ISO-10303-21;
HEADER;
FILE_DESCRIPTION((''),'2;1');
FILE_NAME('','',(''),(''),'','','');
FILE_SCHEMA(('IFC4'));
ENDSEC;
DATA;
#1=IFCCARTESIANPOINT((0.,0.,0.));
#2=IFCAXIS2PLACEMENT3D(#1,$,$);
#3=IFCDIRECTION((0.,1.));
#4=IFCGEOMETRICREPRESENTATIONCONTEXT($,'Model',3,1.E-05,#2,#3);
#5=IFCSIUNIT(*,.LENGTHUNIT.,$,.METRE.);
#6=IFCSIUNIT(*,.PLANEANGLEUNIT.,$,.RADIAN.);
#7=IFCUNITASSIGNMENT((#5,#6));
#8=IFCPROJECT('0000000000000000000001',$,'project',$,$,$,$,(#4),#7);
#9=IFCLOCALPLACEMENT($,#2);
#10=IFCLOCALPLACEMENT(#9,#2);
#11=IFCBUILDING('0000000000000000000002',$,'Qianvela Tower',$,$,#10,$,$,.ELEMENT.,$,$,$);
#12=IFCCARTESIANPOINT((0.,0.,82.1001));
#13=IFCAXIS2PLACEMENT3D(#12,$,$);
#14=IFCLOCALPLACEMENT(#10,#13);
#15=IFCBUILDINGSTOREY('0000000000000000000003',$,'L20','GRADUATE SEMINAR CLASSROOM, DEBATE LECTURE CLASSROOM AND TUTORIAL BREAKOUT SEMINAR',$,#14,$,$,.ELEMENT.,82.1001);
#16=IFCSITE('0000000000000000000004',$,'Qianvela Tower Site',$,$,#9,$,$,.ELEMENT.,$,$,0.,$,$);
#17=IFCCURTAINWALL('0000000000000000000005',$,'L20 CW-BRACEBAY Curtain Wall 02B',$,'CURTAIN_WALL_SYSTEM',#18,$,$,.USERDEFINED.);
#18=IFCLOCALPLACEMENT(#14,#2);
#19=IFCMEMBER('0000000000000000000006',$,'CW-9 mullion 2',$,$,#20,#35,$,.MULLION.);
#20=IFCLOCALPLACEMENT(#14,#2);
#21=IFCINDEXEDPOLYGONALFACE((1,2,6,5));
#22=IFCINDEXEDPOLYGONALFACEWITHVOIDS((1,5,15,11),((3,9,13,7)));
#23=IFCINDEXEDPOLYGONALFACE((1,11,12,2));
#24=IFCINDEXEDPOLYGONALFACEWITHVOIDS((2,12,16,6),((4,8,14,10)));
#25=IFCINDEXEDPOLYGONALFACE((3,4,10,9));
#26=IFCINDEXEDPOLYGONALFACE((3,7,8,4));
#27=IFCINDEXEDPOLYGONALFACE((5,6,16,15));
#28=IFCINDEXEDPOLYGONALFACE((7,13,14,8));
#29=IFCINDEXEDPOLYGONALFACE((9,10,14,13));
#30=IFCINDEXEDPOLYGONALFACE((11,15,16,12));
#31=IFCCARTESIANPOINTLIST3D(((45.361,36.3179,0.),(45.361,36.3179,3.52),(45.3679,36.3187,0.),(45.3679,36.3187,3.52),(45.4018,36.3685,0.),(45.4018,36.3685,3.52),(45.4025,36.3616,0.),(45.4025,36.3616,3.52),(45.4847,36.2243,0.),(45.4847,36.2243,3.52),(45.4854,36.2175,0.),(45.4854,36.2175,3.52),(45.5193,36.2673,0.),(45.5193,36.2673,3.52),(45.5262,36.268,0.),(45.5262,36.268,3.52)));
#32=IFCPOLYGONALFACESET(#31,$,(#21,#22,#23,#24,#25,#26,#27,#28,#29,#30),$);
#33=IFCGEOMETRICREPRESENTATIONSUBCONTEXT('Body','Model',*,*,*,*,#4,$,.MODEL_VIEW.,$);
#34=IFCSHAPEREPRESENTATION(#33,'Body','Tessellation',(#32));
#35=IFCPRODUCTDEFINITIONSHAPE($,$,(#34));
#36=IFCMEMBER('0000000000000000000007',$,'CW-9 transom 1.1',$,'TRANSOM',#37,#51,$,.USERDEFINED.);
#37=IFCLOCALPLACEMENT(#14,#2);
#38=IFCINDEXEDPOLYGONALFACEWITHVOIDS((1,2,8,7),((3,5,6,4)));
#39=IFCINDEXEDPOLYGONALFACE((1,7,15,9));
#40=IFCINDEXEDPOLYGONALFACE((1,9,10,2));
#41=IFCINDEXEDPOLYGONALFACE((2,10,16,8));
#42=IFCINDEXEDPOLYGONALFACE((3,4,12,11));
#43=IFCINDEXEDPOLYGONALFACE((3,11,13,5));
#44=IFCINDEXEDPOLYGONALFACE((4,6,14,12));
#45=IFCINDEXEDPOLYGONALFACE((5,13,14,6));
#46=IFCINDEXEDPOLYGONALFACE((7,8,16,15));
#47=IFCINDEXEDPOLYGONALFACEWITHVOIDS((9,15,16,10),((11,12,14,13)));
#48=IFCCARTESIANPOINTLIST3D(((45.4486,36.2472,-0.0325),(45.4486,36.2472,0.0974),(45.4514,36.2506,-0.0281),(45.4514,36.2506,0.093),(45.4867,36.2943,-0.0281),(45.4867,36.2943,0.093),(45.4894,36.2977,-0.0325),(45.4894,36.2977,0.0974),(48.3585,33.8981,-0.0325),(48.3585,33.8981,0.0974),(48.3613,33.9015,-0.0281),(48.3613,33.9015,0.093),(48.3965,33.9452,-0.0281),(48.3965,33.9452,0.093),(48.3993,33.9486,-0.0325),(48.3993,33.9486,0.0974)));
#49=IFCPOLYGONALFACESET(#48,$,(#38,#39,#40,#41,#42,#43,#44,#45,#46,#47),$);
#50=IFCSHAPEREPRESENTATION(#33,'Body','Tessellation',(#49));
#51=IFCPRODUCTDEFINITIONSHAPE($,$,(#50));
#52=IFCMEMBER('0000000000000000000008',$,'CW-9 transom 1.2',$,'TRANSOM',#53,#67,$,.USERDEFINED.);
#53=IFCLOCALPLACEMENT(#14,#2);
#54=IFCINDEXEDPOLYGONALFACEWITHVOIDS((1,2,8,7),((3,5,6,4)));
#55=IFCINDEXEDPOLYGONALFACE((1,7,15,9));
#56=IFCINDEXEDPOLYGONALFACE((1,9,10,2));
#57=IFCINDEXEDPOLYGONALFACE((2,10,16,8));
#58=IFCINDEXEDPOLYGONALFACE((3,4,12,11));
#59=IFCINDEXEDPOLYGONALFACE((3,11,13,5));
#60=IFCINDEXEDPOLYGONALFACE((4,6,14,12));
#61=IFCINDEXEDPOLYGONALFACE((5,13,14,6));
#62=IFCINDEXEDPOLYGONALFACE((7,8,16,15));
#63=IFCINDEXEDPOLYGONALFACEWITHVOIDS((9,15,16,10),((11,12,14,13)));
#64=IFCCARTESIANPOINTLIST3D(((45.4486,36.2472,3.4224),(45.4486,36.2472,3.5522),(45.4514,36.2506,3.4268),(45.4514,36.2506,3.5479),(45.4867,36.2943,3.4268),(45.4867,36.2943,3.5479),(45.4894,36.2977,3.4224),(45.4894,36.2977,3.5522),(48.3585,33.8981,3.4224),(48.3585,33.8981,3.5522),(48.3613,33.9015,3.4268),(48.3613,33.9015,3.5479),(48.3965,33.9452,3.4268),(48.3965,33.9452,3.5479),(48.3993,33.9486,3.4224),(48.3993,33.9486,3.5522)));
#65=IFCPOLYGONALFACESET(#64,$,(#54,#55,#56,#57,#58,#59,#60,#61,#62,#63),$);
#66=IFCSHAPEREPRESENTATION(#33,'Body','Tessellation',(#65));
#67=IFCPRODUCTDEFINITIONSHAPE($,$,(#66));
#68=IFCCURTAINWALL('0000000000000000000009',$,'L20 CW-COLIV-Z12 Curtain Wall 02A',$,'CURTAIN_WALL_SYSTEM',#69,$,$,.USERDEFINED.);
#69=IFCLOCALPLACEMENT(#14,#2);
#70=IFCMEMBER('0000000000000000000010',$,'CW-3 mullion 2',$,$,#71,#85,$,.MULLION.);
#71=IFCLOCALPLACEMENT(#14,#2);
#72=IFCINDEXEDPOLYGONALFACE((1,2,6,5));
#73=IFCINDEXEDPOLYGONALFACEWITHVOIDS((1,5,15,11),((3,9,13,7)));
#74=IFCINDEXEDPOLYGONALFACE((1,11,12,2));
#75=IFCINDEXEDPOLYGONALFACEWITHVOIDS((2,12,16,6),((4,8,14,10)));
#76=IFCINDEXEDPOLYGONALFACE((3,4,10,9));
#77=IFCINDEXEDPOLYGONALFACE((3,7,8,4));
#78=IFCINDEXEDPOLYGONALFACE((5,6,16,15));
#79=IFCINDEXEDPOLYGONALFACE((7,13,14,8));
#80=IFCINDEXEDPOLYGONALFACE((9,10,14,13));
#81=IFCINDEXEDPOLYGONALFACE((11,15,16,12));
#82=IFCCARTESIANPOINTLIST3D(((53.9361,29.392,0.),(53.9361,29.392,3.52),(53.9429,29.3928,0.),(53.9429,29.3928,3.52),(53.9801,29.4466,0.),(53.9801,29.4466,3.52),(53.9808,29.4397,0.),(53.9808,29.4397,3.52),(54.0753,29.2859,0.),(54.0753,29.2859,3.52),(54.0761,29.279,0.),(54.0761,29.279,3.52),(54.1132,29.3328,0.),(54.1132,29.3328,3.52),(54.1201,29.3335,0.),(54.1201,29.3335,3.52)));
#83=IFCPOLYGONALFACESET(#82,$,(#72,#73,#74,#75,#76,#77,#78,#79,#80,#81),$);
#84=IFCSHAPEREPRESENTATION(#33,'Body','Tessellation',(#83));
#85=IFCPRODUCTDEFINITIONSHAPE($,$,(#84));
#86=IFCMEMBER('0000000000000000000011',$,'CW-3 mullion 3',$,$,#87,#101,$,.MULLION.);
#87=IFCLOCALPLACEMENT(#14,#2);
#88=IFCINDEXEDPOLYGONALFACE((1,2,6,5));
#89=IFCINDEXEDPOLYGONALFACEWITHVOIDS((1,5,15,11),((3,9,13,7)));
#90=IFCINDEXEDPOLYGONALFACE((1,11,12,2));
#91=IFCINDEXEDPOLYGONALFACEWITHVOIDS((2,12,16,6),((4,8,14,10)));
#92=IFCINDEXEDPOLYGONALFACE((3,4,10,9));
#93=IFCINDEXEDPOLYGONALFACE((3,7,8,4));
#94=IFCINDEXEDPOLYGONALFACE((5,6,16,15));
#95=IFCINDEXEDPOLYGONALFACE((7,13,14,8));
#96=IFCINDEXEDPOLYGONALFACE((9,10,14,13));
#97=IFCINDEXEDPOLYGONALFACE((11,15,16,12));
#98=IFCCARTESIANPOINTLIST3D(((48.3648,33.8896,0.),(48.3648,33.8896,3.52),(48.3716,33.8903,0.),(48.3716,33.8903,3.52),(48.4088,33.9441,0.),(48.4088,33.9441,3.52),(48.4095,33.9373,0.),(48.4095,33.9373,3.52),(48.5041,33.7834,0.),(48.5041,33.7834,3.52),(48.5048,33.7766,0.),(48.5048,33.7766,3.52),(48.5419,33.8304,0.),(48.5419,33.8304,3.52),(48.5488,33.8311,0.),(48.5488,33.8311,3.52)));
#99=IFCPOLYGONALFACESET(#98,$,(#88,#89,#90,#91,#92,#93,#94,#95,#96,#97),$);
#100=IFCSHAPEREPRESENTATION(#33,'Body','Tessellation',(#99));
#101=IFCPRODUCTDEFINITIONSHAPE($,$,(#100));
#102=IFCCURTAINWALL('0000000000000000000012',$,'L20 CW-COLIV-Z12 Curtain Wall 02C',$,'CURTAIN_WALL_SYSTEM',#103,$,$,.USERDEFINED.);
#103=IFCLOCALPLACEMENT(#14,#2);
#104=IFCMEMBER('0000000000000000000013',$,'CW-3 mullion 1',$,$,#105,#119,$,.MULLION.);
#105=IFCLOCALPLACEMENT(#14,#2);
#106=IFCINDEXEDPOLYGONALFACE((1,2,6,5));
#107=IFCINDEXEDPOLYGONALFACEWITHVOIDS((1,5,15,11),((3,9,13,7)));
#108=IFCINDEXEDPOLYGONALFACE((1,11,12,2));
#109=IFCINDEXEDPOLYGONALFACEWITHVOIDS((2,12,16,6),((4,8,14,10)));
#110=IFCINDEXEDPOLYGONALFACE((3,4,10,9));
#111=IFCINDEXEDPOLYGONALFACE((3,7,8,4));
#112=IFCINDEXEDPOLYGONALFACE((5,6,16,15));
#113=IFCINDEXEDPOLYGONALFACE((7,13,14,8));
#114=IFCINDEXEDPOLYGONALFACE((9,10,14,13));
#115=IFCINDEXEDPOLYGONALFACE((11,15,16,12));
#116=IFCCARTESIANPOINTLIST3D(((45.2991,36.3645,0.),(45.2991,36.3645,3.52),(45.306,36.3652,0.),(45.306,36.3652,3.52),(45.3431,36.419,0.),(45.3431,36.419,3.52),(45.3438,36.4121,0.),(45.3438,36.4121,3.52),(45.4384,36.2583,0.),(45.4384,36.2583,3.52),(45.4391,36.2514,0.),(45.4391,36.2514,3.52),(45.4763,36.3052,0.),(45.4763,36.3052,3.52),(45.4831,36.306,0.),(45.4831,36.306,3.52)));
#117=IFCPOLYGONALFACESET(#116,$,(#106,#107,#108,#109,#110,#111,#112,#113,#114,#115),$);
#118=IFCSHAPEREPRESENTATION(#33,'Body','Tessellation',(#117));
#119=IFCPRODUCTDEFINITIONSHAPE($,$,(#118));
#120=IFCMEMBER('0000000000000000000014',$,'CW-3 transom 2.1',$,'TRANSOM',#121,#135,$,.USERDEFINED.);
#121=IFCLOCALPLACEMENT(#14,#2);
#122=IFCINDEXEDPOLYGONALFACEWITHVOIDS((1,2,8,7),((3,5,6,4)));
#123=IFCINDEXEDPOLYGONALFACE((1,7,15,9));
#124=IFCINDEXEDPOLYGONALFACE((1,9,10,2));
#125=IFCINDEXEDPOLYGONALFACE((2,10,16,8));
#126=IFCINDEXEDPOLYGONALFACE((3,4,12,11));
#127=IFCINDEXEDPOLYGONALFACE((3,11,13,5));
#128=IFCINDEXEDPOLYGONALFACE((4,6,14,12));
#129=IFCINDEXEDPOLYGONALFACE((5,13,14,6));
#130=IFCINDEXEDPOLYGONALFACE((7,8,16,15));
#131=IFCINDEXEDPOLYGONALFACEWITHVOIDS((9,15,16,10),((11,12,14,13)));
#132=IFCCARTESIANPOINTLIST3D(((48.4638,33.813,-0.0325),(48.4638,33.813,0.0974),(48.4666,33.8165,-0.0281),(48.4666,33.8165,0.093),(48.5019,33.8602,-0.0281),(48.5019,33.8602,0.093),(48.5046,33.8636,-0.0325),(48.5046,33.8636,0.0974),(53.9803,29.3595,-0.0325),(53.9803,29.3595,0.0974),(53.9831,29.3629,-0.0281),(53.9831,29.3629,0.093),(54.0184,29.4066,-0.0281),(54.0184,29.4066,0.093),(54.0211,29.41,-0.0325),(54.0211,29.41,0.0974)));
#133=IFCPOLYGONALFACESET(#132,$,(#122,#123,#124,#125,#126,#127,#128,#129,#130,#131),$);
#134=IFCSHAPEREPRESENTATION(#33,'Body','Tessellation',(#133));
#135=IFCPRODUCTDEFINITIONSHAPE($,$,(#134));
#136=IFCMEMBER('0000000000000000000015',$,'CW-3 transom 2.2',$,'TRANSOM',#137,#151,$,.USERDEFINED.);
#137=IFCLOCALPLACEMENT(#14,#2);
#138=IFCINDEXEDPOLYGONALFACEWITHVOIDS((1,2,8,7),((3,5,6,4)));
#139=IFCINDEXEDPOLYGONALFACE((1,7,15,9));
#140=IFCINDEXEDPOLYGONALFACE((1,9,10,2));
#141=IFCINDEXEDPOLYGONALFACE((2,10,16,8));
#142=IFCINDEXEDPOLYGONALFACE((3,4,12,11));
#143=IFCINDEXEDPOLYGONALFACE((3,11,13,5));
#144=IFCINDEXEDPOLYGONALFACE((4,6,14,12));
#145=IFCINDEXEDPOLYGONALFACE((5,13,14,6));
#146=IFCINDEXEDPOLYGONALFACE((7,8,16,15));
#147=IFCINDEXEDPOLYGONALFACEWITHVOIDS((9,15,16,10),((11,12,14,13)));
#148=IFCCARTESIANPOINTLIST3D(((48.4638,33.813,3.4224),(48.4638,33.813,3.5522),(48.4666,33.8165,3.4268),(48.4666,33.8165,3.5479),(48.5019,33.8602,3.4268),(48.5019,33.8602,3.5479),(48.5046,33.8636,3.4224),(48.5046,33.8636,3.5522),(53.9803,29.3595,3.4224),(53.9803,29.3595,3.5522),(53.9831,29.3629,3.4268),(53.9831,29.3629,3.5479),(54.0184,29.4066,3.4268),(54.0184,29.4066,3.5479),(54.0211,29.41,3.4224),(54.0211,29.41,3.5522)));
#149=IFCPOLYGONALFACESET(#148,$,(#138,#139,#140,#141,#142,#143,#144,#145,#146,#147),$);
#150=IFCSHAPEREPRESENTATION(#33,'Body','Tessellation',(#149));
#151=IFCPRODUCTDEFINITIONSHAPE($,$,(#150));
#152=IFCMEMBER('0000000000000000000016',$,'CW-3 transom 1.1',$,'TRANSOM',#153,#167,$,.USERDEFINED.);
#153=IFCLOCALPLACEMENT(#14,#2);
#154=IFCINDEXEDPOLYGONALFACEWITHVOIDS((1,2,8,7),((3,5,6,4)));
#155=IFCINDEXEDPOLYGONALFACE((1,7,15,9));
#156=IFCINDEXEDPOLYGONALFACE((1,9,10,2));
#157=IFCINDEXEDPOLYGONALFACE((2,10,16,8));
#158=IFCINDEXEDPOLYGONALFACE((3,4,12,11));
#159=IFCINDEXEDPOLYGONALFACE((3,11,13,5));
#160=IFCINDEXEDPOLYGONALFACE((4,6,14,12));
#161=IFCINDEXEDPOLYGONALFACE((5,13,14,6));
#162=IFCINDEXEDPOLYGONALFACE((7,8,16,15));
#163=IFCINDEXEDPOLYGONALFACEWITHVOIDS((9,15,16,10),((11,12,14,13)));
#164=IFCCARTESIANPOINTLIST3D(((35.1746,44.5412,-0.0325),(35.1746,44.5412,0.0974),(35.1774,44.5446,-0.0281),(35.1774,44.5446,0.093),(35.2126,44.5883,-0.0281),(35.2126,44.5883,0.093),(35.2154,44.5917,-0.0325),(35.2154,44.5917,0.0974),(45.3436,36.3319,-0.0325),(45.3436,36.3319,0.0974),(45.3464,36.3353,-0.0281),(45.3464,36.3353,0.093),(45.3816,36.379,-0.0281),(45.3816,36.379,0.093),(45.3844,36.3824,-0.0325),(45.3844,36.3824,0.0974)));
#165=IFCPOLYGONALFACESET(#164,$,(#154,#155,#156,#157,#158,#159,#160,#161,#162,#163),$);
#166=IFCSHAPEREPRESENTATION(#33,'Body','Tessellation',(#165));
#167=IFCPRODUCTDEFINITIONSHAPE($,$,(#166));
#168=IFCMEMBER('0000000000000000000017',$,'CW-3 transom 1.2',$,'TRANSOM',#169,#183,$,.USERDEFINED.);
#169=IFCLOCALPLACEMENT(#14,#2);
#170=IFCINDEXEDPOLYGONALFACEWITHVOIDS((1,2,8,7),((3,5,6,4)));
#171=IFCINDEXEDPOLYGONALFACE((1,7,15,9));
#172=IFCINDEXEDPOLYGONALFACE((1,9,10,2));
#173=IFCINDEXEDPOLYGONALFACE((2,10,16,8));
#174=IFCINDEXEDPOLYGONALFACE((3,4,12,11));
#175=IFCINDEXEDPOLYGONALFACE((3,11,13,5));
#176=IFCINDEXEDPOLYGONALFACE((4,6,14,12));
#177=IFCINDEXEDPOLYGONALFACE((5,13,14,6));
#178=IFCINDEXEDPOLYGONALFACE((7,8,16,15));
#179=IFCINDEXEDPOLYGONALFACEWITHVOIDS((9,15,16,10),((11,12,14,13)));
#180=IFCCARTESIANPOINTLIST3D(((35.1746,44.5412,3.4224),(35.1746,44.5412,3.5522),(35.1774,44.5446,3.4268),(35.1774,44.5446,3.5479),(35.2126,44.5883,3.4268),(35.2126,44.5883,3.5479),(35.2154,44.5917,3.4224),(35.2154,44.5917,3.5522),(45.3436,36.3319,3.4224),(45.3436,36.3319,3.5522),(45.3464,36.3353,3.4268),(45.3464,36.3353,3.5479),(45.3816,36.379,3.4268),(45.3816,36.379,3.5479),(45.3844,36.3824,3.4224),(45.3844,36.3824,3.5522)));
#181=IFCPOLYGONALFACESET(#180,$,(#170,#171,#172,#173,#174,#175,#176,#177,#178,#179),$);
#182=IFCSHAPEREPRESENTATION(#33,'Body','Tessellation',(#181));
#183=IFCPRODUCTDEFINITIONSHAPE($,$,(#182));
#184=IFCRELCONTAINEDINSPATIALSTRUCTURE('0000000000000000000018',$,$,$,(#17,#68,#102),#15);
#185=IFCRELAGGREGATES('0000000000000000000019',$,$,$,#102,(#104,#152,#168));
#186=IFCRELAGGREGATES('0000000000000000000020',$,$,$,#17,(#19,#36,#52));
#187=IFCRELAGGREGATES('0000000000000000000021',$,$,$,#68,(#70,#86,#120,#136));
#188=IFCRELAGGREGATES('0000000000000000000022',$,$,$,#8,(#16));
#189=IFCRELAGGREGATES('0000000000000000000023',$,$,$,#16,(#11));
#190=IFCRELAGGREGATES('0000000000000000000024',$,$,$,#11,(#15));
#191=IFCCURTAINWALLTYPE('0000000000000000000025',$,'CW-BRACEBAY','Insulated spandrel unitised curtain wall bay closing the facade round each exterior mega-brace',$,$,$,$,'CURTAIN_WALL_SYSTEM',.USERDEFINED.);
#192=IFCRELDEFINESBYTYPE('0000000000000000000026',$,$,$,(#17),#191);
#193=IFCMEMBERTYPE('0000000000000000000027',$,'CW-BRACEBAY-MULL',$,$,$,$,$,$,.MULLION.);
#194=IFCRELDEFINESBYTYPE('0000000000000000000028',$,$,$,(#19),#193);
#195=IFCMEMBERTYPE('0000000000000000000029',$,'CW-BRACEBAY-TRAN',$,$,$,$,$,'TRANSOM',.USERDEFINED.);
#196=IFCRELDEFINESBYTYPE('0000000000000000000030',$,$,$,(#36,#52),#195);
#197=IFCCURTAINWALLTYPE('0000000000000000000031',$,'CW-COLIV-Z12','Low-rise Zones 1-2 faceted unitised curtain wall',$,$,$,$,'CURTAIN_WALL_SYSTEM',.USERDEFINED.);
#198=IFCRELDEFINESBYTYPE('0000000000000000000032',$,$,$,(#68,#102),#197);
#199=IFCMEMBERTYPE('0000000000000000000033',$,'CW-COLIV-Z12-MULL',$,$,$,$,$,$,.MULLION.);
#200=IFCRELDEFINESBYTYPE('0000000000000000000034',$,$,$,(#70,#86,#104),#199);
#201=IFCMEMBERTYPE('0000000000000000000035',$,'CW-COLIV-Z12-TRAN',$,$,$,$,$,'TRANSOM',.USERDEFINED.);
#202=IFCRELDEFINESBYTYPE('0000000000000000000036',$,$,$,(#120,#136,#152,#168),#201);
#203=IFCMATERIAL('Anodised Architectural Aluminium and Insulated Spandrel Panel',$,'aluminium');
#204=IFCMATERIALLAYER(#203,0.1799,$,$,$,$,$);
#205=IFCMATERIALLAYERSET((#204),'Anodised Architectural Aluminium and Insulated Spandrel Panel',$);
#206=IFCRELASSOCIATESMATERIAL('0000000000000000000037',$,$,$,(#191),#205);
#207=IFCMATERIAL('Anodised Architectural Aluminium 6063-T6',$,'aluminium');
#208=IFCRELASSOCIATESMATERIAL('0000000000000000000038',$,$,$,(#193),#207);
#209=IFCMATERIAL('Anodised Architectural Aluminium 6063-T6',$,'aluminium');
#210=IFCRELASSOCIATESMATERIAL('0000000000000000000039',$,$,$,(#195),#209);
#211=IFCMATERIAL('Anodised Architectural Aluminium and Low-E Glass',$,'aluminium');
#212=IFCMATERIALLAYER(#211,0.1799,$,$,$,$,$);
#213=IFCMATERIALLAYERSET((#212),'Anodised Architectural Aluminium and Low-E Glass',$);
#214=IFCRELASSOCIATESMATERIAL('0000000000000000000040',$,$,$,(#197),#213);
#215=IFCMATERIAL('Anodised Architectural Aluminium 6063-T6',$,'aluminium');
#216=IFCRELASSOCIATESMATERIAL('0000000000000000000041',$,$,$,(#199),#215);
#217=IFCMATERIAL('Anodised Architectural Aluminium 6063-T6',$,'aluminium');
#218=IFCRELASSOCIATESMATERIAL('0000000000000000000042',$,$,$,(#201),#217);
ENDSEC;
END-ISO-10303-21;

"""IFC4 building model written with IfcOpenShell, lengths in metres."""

from ifc_helpers import new_model, si_unit, direction, frame, origin, origin_2d, place, context, subcontext, project, spatial, hollow_rectangle, extrude, material, layer, layer_set, material_profile, profile_set, type_object, element, aggregate, save


model = new_model("IFC4")

# Units and contexts
model_context = context("Model", 3, precision=1e-05, world=origin(), true_north=direction((0.0, 1.0)))
body_context = subcontext(model_context, "Body", "Model", "MODEL_VIEW")
ifc_project = project(units=[si_unit("LENGTHUNIT", "METRE"), si_unit("PLANEANGLEUNIT", "RADIAN")], contexts=[model_context])

# Site, building, storey
site_placement = place(None, origin())
site = spatial("IfcSite", under=ifc_project, at=site_placement, Name="Qianvela Tower Site", CompositionType="ELEMENT", RefElevation=0.0)
building_placement = place(site_placement, origin())
building = spatial("IfcBuilding", under=site, at=building_placement, Name="Qianvela Tower", CompositionType="ELEMENT")
storey_placement = place(building_placement, frame((0.0, 0.0, 82.1001)))
storey = spatial("IfcBuildingStorey", under=building, at=storey_placement, Name="L20", Description="GRADUATE SEMINAR CLASSROOM, DEBATE LECTURE CLASSROOM AND TUTORIAL BREAKOUT SEMINAR", CompositionType="ELEMENT", Elevation=82.1001)

# Curtain walls, members
ifc_material_1 = material(Name="Anodised Architectural Aluminium and Insulated Spandrel Panel", Category="aluminium")
ifc_layer_1 = layer(ifc_material_1, 0.1799)
ifc_layer_set_1 = layer_set([ifc_layer_1], Name="Anodised Architectural Aluminium and Insulated Spandrel Panel")
curtain_wall_type_1 = type_object("IfcCurtainWallType", Name="CW-BRACEBAY", Description="Insulated spandrel unitised curtain wall bay closing the facade round each exterior mega-brace", ElementType="CURTAIN_WALL_SYSTEM", PredefinedType="USERDEFINED", material=ifc_layer_set_1)
curtain_wall_1_placement = place(storey_placement, origin())
curtain_wall_1 = element("IfcCurtainWall", 1, at=curtain_wall_1_placement, inside=storey, type_object=curtain_wall_type_1, Name="L20 CW-BRACEBAY Curtain Wall 02B", ObjectType="CURTAIN_WALL_SYSTEM", PredefinedType="USERDEFINED")
ifc_material_2 = material(Name="Anodised Architectural Aluminium 6063-T6", Category="aluminium")
ifc_material_profile_1 = material_profile(ifc_material_2, hollow_rectangle(XDim=0.0649, YDim=0.1599, WallThickness=0.0049, at=origin_2d()), Name="ALU-MULL-65x160")
ifc_profile_set_1 = profile_set([ifc_material_profile_1], Name="Anodised Architectural Aluminium 6063-T6")
member_type_1 = type_object("IfcMemberType", Name="CW-BRACEBAY-MULL", PredefinedType="MULLION", material=ifc_profile_set_1)
member_1_placement = place(storey_placement, frame((45.4436, 36.293, 0.0), z_axis=(0.0, 0.0, 1.0), x_axis=(-0.628146, -0.778096, 0.0)))
member_1 = element("IfcMember", 2, at=member_1_placement, type_object=member_type_1, Name="CW-9 mullion 2", PredefinedType="MULLION", context=body_context, shape_type="SweptSolid", body=[
    extrude(hollow_rectangle(XDim=0.0649, YDim=0.1599, WallThickness=0.0049, at=origin_2d()), origin(), (0.0, 0.0, 1.0), 3.52),
])
ifc_material_3 = material(Name="Anodised Architectural Aluminium 6063-T6", Category="aluminium")
ifc_material_profile_2 = material_profile(ifc_material_3, hollow_rectangle(XDim=0.0649, YDim=0.1299, WallThickness=0.0044, at=origin_2d()), Name="ALU-TRAN-65x130")
ifc_profile_set_2 = profile_set([ifc_material_profile_2], Name="Anodised Architectural Aluminium 6063-T6")
member_type_2 = type_object("IfcMemberType", Name="CW-BRACEBAY-TRAN", ElementType="TRANSOM", PredefinedType="USERDEFINED", material=ifc_profile_set_2)
member_2_placement = place(storey_placement, frame((48.3789, 33.9233, 0.0325), z_axis=(-0.778097, 0.628144, 0.0), x_axis=(-0.628144, -0.778097, 0.0)))
member_2 = element("IfcMember", 3, at=member_2_placement, type_object=member_type_2, Name="CW-9 transom 1.1", ObjectType="TRANSOM", PredefinedType="USERDEFINED", context=body_context, shape_type="SweptSolid", body=[
    extrude(hollow_rectangle(XDim=0.0649, YDim=0.1299, WallThickness=0.0044, at=origin_2d()), origin(), (0.0, 0.0, 1.0), 3.7397),
])
member_3_placement = place(storey_placement, frame((48.3789, 33.9233, 3.4873), z_axis=(-0.778097, 0.628144, 0.0), x_axis=(-0.628144, -0.778097, 0.0)))
member_3 = element("IfcMember", 4, at=member_3_placement, type_object=member_type_2, Name="CW-9 transom 1.2", ObjectType="TRANSOM", PredefinedType="USERDEFINED", context=body_context, shape_type="SweptSolid", body=[
    extrude(hollow_rectangle(XDim=0.0649, YDim=0.1299, WallThickness=0.0044, at=origin_2d()), origin(), (0.0, 0.0, 1.0), 3.7397),
])
ifc_material_4 = material(Name="Anodised Architectural Aluminium and Low-E Glass", Category="aluminium")
ifc_layer_2 = layer(ifc_material_4, 0.1799)
ifc_layer_set_2 = layer_set([ifc_layer_2], Name="Anodised Architectural Aluminium and Low-E Glass")
curtain_wall_type_2 = type_object("IfcCurtainWallType", Name="CW-COLIV-Z12", Description="Low-rise Zones 1-2 faceted unitised curtain wall", ElementType="CURTAIN_WALL_SYSTEM", PredefinedType="USERDEFINED", material=ifc_layer_set_2)
curtain_wall_2_placement = place(storey_placement, origin())
curtain_wall_2 = element("IfcCurtainWall", 5, at=curtain_wall_2_placement, inside=storey, type_object=curtain_wall_type_2, Name="L20 CW-COLIV-Z12 Curtain Wall 02A", ObjectType="CURTAIN_WALL_SYSTEM", PredefinedType="USERDEFINED")
ifc_material_5 = material(Name="Anodised Architectural Aluminium 6063-T6", Category="aluminium")
ifc_material_profile_3 = material_profile(ifc_material_5, hollow_rectangle(XDim=0.0701, YDim=0.1799, WallThickness=0.0049, at=origin_2d()), Name="ALU-MULL-70x180")
ifc_profile_set_3 = profile_set([ifc_material_profile_3], Name="Anodised Architectural Aluminium 6063-T6")
member_type_3 = type_object("IfcMemberType", Name="CW-COLIV-Z12-MULL", PredefinedType="MULLION", material=ifc_profile_set_3)
member_4_placement = place(storey_placement, frame((54.0281, 29.3628, 0.0), z_axis=(0.0, 0.0, 1.0), x_axis=(-0.628142, -0.778099, 0.0)))
member_4 = element("IfcMember", 6, at=member_4_placement, type_object=member_type_3, Name="CW-3 mullion 2", PredefinedType="MULLION", context=body_context, shape_type="SweptSolid", body=[
    extrude(hollow_rectangle(XDim=0.0701, YDim=0.1799, WallThickness=0.0049, at=origin_2d()), origin(), (0.0, 0.0, 1.0), 3.52),
])
member_5_placement = place(storey_placement, frame((48.4568, 33.8604, 0.0), z_axis=(0.0, 0.0, 1.0), x_axis=(-0.628142, -0.778099, 0.0)))
member_5 = element("IfcMember", 7, at=member_5_placement, type_object=member_type_3, Name="CW-3 mullion 3", PredefinedType="MULLION", context=body_context, shape_type="SweptSolid", body=[
    extrude(hollow_rectangle(XDim=0.0701, YDim=0.1799, WallThickness=0.0049, at=origin_2d()), origin(), (0.0, 0.0, 1.0), 3.52),
])

# Curtain wall, member
curtain_wall_3_placement = place(storey_placement, origin())
curtain_wall_3 = element("IfcCurtainWall", 8, at=curtain_wall_3_placement, inside=storey, type_object=curtain_wall_type_2, Name="L20 CW-COLIV-Z12 Curtain Wall 02C", ObjectType="CURTAIN_WALL_SYSTEM", PredefinedType="USERDEFINED")
member_6_placement = place(storey_placement, frame((45.3911, 36.3352, 0.0), z_axis=(0.0, 0.0, 1.0), x_axis=(-0.62814, -0.7781, 0.0)))
member_6 = element("IfcMember", 9, at=member_6_placement, type_object=member_type_3, Name="CW-3 mullion 1", PredefinedType="MULLION", context=body_context, shape_type="SweptSolid", body=[
    extrude(hollow_rectangle(XDim=0.0701, YDim=0.1799, WallThickness=0.0049, at=origin_2d()), origin(), (0.0, 0.0, 1.0), 3.52),
])

# Members
ifc_material_6 = material(Name="Anodised Architectural Aluminium 6063-T6", Category="aluminium")
ifc_material_profile_4 = material_profile(ifc_material_6, hollow_rectangle(XDim=0.0649, YDim=0.1299, WallThickness=0.0044, at=origin_2d()), Name="ALU-TRAN-65x130")
ifc_profile_set_4 = profile_set([ifc_material_profile_4], Name="Anodised Architectural Aluminium 6063-T6")
member_type_4 = type_object("IfcMemberType", Name="CW-COLIV-Z12-TRAN", ElementType="TRANSOM", PredefinedType="USERDEFINED", material=ifc_profile_set_4)
member_7_placement = place(storey_placement, frame((54.0007, 29.3848, 0.0325), z_axis=(-0.778086, 0.628158, 0.0), x_axis=(-0.628158, -0.778086, 0.0)))
member_7 = element("IfcMember", 10, at=member_7_placement, type_object=member_type_4, Name="CW-3 transom 2.1", ObjectType="TRANSOM", PredefinedType="USERDEFINED", context=body_context, shape_type="SweptSolid", body=[
    extrude(hollow_rectangle(XDim=0.0649, YDim=0.1299, WallThickness=0.0044, at=origin_2d()), origin(), (0.0, 0.0, 1.0), 7.0898),
])
member_8_placement = place(storey_placement, frame((54.0007, 29.3848, 3.4873), z_axis=(-0.778086, 0.628158, 0.0), x_axis=(-0.628158, -0.778086, 0.0)))
member_8 = element("IfcMember", 11, at=member_8_placement, type_object=member_type_4, Name="CW-3 transom 2.2", ObjectType="TRANSOM", PredefinedType="USERDEFINED", context=body_context, shape_type="SweptSolid", body=[
    extrude(hollow_rectangle(XDim=0.0649, YDim=0.1299, WallThickness=0.0044, at=origin_2d()), origin(), (0.0, 0.0, 1.0), 7.0898),
])
member_9_placement = place(storey_placement, frame((45.364, 36.3572, 0.0325), z_axis=(-0.778096, 0.628145, 0.0), x_axis=(-0.628145, -0.778096, 0.0)))
member_9 = element("IfcMember", 12, at=member_9_placement, type_object=member_type_4, Name="CW-3 transom 1.1", ObjectType="TRANSOM", PredefinedType="USERDEFINED", context=body_context, shape_type="SweptSolid", body=[
    extrude(hollow_rectangle(XDim=0.0649, YDim=0.1299, WallThickness=0.0044, at=origin_2d()), origin(), (0.0, 0.0, 1.0), 13.0691),
])
member_10_placement = place(storey_placement, frame((45.364, 36.3572, 3.4873), z_axis=(-0.778096, 0.628145, 0.0), x_axis=(-0.628145, -0.778096, 0.0)))
member_10 = element("IfcMember", 13, at=member_10_placement, type_object=member_type_4, Name="CW-3 transom 1.2", ObjectType="TRANSOM", PredefinedType="USERDEFINED", context=body_context, shape_type="SweptSolid", body=[
    extrude(hollow_rectangle(XDim=0.0649, YDim=0.1299, WallThickness=0.0044, at=origin_2d()), origin(), (0.0, 0.0, 1.0), 13.0691),
])
aggregate(curtain_wall_3, [member_6, member_9, member_10])

aggregate(curtain_wall_1, [member_1, member_2, member_3])
aggregate(curtain_wall_2, [member_4, member_5, member_7, member_8])

save(model, "model.ifc")
